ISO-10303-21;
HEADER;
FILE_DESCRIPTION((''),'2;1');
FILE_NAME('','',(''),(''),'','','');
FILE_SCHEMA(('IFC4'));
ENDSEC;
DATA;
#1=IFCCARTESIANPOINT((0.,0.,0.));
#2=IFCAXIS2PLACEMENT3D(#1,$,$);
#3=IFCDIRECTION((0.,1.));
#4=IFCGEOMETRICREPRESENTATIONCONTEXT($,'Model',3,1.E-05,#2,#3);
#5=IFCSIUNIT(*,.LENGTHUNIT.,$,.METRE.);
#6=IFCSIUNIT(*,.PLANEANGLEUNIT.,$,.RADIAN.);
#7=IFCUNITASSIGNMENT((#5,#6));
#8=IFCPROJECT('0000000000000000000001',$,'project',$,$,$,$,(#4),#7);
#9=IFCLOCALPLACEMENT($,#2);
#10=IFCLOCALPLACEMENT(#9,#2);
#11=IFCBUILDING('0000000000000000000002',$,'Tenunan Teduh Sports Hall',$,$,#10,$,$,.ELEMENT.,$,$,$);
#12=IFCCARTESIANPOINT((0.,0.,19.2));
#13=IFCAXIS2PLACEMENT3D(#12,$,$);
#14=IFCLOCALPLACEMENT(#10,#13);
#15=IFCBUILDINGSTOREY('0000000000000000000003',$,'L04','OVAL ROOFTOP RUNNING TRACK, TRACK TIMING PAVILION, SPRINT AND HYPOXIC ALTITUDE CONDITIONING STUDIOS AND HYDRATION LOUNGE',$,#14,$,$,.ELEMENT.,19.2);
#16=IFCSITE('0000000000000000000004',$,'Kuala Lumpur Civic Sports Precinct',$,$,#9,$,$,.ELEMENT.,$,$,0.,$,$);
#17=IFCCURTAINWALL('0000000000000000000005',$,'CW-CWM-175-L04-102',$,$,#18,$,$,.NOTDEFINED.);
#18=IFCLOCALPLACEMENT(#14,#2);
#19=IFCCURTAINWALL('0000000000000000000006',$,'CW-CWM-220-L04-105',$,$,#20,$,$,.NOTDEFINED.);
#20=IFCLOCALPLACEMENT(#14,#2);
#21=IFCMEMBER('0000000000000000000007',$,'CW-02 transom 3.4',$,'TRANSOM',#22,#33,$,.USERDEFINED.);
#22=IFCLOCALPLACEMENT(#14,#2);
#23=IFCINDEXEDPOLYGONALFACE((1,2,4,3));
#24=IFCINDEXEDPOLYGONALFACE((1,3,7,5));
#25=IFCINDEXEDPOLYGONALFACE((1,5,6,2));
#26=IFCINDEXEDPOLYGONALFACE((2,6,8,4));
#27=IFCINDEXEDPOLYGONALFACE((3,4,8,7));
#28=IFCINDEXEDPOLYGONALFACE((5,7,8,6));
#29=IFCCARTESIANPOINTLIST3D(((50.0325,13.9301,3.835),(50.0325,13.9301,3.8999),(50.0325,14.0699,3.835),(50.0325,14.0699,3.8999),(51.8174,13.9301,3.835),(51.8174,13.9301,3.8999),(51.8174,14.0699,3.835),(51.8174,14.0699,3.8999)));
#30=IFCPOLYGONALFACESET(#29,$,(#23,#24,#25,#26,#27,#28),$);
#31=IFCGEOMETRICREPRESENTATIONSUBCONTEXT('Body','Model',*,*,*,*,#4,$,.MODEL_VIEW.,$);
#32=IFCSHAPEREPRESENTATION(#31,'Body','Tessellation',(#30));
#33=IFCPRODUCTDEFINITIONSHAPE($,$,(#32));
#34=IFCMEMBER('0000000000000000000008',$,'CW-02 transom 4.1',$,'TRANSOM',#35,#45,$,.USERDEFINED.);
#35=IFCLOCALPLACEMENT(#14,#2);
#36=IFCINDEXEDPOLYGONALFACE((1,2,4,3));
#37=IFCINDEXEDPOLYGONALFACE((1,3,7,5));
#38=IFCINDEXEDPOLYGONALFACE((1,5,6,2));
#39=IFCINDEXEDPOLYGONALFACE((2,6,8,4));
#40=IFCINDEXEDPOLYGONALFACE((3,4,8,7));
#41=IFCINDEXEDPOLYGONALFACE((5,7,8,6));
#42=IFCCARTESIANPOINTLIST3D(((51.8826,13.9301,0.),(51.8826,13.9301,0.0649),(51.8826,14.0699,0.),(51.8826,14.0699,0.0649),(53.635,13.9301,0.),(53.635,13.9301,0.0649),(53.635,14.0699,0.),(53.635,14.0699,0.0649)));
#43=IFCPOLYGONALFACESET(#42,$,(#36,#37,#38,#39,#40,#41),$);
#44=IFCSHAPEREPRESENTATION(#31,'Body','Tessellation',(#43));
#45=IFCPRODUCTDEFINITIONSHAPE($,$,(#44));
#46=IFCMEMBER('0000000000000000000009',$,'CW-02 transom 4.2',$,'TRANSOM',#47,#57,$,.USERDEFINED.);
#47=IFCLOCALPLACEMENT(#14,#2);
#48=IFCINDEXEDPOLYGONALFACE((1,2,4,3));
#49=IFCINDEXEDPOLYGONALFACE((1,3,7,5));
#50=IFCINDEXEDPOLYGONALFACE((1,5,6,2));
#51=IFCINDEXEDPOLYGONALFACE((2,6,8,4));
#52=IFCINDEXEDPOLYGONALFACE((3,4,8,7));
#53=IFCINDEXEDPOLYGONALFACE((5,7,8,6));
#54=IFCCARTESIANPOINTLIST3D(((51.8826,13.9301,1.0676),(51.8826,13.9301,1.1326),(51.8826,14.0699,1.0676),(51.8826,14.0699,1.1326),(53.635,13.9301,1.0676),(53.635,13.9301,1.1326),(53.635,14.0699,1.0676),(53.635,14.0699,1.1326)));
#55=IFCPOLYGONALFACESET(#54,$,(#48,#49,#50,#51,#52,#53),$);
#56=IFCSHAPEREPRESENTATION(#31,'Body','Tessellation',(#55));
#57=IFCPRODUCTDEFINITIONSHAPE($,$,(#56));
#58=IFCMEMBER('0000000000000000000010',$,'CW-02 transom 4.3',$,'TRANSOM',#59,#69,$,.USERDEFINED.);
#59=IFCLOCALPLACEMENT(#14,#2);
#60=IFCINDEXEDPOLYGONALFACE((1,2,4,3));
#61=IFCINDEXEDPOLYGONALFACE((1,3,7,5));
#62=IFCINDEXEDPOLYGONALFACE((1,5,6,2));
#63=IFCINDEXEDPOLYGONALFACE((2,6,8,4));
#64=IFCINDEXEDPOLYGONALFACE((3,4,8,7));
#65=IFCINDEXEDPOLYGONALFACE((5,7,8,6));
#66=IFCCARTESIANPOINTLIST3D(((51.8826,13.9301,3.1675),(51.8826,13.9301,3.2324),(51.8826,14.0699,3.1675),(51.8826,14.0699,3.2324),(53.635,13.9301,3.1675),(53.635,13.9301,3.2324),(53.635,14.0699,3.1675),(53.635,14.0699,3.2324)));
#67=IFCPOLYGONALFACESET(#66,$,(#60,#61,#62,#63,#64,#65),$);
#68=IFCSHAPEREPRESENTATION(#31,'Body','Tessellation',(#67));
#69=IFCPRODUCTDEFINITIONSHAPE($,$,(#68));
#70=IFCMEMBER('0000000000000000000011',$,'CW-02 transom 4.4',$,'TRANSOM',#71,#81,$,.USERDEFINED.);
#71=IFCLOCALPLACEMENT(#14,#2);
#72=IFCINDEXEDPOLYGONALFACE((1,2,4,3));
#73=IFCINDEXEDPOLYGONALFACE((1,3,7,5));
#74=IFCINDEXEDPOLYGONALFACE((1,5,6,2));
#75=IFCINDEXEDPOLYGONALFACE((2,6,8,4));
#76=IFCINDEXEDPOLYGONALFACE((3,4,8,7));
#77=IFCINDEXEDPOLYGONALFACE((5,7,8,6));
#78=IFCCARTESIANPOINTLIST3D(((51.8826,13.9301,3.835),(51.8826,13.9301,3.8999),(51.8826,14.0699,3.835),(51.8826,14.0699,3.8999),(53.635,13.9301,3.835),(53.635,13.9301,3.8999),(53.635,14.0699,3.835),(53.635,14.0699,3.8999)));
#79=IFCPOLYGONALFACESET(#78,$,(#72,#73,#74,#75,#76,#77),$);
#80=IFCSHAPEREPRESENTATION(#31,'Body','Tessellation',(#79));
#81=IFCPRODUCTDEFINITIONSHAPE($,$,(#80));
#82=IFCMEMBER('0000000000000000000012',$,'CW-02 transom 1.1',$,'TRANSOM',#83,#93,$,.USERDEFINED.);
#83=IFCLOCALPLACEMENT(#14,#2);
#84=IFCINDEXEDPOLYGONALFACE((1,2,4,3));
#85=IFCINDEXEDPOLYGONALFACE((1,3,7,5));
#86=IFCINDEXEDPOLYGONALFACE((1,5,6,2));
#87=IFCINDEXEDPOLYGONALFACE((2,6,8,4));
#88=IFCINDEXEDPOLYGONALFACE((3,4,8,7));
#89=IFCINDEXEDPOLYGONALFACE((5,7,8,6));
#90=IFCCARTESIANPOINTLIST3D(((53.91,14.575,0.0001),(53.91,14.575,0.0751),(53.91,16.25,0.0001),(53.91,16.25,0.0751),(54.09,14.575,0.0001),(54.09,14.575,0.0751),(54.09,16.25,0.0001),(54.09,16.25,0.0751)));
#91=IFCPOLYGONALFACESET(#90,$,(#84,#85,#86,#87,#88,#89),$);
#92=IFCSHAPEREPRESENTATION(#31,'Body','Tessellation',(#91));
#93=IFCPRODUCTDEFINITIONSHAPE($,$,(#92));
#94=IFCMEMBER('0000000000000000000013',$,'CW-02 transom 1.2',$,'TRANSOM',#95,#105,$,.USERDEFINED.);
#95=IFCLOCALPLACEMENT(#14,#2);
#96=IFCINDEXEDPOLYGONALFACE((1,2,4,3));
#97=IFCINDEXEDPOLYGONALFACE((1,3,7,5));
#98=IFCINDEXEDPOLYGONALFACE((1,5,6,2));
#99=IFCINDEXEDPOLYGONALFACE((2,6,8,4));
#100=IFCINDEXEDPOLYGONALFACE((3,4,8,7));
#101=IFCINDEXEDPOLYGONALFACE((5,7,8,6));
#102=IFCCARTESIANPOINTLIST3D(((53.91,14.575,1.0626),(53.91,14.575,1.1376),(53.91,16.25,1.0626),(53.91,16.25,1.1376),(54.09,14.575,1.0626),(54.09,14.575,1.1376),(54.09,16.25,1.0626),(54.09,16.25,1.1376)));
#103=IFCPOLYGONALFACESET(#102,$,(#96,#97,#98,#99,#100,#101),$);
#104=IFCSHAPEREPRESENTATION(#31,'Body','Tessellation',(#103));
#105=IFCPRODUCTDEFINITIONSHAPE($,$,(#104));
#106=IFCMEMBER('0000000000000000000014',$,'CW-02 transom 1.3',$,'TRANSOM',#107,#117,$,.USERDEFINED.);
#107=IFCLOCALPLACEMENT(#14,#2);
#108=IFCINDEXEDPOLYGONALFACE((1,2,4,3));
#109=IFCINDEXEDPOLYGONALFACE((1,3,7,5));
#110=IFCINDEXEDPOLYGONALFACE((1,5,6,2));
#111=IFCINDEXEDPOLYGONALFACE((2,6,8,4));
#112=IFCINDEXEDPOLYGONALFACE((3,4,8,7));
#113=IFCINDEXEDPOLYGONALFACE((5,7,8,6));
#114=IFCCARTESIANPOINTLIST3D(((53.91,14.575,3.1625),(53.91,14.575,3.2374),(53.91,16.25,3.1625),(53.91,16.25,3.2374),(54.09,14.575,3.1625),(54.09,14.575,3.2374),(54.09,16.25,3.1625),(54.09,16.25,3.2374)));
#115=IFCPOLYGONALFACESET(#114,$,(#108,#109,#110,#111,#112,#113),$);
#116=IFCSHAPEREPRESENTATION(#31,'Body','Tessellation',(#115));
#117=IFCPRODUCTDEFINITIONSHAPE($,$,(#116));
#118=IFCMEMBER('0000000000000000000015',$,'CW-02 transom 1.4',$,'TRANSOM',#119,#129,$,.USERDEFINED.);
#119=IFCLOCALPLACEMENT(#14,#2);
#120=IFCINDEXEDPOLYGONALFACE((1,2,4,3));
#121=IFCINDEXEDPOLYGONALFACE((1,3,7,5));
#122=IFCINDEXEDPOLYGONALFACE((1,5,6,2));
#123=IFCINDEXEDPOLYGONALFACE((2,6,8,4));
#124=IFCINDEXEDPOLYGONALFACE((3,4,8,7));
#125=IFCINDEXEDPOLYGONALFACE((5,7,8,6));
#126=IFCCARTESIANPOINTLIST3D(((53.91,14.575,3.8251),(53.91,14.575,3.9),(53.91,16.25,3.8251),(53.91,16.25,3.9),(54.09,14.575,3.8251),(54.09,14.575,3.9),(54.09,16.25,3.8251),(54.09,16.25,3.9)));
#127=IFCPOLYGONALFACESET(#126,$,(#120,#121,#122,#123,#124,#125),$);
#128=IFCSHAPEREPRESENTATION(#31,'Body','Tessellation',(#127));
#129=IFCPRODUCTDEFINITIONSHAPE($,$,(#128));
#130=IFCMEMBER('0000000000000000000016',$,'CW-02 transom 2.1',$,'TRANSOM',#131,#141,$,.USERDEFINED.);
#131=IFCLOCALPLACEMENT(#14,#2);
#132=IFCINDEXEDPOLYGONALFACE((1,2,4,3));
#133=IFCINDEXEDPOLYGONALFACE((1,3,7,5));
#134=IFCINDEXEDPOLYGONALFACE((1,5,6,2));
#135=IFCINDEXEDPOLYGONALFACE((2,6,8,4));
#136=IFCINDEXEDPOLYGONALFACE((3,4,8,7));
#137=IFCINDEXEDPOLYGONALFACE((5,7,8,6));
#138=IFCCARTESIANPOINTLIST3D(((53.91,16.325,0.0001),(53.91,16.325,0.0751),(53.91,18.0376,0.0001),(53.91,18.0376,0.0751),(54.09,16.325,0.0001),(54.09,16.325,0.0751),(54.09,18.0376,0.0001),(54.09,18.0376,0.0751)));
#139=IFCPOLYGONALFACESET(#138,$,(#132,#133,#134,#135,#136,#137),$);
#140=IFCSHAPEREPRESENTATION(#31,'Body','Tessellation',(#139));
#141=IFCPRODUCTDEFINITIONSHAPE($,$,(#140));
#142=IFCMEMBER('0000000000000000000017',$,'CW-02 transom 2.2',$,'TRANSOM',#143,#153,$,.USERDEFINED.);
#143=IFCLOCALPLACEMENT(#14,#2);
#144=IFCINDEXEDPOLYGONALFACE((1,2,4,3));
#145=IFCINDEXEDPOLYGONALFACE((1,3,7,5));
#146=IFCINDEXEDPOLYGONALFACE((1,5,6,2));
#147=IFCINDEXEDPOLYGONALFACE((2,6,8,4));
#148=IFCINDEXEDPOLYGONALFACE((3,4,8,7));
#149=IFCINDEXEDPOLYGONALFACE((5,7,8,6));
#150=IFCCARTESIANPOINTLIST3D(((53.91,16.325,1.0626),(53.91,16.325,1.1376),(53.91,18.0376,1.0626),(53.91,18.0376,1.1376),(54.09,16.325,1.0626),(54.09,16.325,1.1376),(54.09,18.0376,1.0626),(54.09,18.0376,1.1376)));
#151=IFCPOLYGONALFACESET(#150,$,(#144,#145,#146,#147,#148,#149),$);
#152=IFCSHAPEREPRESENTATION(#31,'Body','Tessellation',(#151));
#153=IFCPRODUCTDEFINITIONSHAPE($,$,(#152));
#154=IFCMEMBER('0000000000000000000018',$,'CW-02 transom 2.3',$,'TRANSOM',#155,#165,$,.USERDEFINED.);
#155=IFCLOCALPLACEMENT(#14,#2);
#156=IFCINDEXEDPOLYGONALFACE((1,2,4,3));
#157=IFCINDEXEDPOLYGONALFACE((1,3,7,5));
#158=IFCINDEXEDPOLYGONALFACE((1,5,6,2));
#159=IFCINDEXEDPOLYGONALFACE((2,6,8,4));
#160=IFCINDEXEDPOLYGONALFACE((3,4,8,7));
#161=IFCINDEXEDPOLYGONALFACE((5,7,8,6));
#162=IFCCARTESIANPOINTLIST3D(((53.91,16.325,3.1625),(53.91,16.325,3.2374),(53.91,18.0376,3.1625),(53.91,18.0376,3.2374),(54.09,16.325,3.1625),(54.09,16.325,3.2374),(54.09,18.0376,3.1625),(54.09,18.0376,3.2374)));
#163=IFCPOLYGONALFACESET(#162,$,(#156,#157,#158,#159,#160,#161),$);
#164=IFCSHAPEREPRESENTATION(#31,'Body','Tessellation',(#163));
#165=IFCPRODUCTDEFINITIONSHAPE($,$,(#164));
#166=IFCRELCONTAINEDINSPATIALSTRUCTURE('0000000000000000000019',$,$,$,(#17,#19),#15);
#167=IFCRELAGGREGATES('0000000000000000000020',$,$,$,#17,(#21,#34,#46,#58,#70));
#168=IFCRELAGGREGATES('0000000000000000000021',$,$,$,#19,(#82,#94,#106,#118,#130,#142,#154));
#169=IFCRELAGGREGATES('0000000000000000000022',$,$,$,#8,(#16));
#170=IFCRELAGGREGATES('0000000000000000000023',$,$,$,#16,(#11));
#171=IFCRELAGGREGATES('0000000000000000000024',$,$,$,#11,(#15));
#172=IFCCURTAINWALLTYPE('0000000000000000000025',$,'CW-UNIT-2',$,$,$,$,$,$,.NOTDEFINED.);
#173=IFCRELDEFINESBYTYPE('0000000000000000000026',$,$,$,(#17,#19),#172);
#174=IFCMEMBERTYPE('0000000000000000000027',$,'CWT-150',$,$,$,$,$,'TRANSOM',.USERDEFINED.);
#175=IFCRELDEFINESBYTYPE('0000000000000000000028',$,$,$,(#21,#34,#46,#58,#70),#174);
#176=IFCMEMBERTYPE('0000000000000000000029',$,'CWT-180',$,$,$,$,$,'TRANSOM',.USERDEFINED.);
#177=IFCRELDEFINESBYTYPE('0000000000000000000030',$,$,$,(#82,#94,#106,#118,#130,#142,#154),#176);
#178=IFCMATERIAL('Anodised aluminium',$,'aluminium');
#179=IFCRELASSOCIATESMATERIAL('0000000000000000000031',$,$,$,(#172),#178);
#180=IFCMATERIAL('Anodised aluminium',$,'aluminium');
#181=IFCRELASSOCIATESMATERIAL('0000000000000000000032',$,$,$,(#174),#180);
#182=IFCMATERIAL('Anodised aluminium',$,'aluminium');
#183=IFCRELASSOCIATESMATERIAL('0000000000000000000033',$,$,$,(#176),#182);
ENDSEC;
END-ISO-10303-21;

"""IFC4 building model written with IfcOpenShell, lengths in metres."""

from ifc_helpers import new_model, si_unit, direction, frame, origin, origin_2d, place, context, subcontext, project, spatial, rectangle, extrude, material, material_profile, profile_set, type_object, element, aggregate, save


model = new_model("IFC4")

# Units and contexts
model_context = context("Model", 3, precision=1e-05, world=origin(), true_north=direction((0.0, 1.0)))
body_context = subcontext(model_context, "Body", "Model", "MODEL_VIEW")
ifc_project = project(units=[si_unit("LENGTHUNIT", "METRE"), si_unit("PLANEANGLEUNIT", "RADIAN")], contexts=[model_context])

# Site, building, storey
site_placement = place(None, origin())
site = spatial("IfcSite", under=ifc_project, at=site_placement, Name="Kuala Lumpur Civic Sports Precinct", CompositionType="ELEMENT", RefElevation=0.0)
building_placement = place(site_placement, origin())
building = spatial("IfcBuilding", under=site, at=building_placement, Name="Tenunan Teduh Sports Hall", CompositionType="ELEMENT")
storey_placement = place(building_placement, frame((0.0, 0.0, 19.2)))
storey = spatial("IfcBuildingStorey", under=building, at=storey_placement, Name="L04", Description="OVAL ROOFTOP RUNNING TRACK, TRACK TIMING PAVILION, SPRINT AND HYPOXIC ALTITUDE CONDITIONING STUDIOS AND HYDRATION LOUNGE", CompositionType="ELEMENT", Elevation=19.2)

# Curtain walls
ifc_material_1 = material(Name="Anodised aluminium", Category="aluminium")
curtain_wall_type = type_object("IfcCurtainWallType", Name="CW-UNIT-2", PredefinedType="NOTDEFINED", material=ifc_material_1)
curtain_wall_1_placement = place(storey_placement, origin())
curtain_wall_1 = element("IfcCurtainWall", 1, at=curtain_wall_1_placement, inside=storey, type_object=curtain_wall_type, Name="CW-CWM-175-L04-102", PredefinedType="NOTDEFINED")
curtain_wall_2_placement = place(storey_placement, origin())
curtain_wall_2 = element("IfcCurtainWall", 2, at=curtain_wall_2_placement, inside=storey, type_object=curtain_wall_type, Name="CW-CWM-220-L04-105", PredefinedType="NOTDEFINED")

# Members
ifc_material_2 = material(Name="Anodised aluminium", Category="aluminium")
ifc_material_profile_1 = material_profile(ifc_material_2, rectangle(XDim=0.0649, YDim=0.1399, at=origin_2d()), Name="CWT 65x140")
ifc_profile_set_1 = profile_set([ifc_material_profile_1], Name="Anodised aluminium")
member_type_1 = type_object("IfcMemberType", Name="CWT-150", ElementType="TRANSOM", PredefinedType="USERDEFINED", material=ifc_profile_set_1)
member_1_placement = place(storey_placement, frame((50.0325, 14.0, 3.8674), z_axis=(1.0, 0.0, 0.0), x_axis=(0.0, 0.0, 1.0)))
member_1 = element("IfcMember", 3, at=member_1_placement, type_object=member_type_1, Name="CW-02 transom 3.4", ObjectType="TRANSOM", PredefinedType="USERDEFINED", context=body_context, shape_type="SweptSolid", body=[
    extrude(rectangle(XDim=0.0649, YDim=0.1399, at=origin_2d()), origin(), (0.0, 0.0, 1.0), 1.7849),
])
member_2_placement = place(storey_placement, frame((51.8826, 14.0, 0.0325), z_axis=(1.0, 0.0, 0.0), x_axis=(0.0, 0.0, 1.0)))
member_2 = element("IfcMember", 4, at=member_2_placement, type_object=member_type_1, Name="CW-02 transom 4.1", ObjectType="TRANSOM", PredefinedType="USERDEFINED", context=body_context, shape_type="SweptSolid", body=[
    extrude(rectangle(XDim=0.0649, YDim=0.1399, at=origin_2d()), origin(), (0.0, 0.0, 1.0), 1.7524),
])
member_3_placement = place(storey_placement, frame((51.8826, 14.0, 1.1001), z_axis=(1.0, 0.0, 0.0), x_axis=(0.0, 0.0, 1.0)))
member_3 = element("IfcMember", 5, at=member_3_placement, type_object=member_type_1, Name="CW-02 transom 4.2", ObjectType="TRANSOM", PredefinedType="USERDEFINED", context=body_context, shape_type="SweptSolid", body=[
    extrude(rectangle(XDim=0.0649, YDim=0.1399, at=origin_2d()), origin(), (0.0, 0.0, 1.0), 1.7524),
])
member_4_placement = place(storey_placement, frame((51.8826, 14.0, 3.2), z_axis=(1.0, 0.0, 0.0), x_axis=(0.0, 0.0, 1.0)))
member_4 = element("IfcMember", 6, at=member_4_placement, type_object=member_type_1, Name="CW-02 transom 4.3", ObjectType="TRANSOM", PredefinedType="USERDEFINED", context=body_context, shape_type="SweptSolid", body=[
    extrude(rectangle(XDim=0.0649, YDim=0.1399, at=origin_2d()), origin(), (0.0, 0.0, 1.0), 1.7524),
])
member_5_placement = place(storey_placement, frame((51.8826, 14.0, 3.8674), z_axis=(1.0, 0.0, 0.0), x_axis=(0.0, 0.0, 1.0)))
member_5 = element("IfcMember", 7, at=member_5_placement, type_object=member_type_1, Name="CW-02 transom 4.4", ObjectType="TRANSOM", PredefinedType="USERDEFINED", context=body_context, shape_type="SweptSolid", body=[
    extrude(rectangle(XDim=0.0649, YDim=0.1399, at=origin_2d()), origin(), (0.0, 0.0, 1.0), 1.7524),
])
ifc_material_3 = material(Name="Anodised aluminium", Category="aluminium")
ifc_material_profile_2 = material_profile(ifc_material_3, rectangle(XDim=0.075, YDim=0.1799, at=origin_2d()), Name="CWT 75x180")
ifc_profile_set_2 = profile_set([ifc_material_profile_2], Name="Anodised aluminium")
member_type_2 = type_object("IfcMemberType", Name="CWT-180", ElementType="TRANSOM", PredefinedType="USERDEFINED", material=ifc_profile_set_2)
member_6_placement = place(storey_placement, frame((54.0, 14.575, 0.0376), z_axis=(0.0, 1.0, 0.0), x_axis=(0.0, 0.0, 1.0)))
member_6 = element("IfcMember", 8, at=member_6_placement, type_object=member_type_2, Name="CW-02 transom 1.1", ObjectType="TRANSOM", PredefinedType="USERDEFINED", context=body_context, shape_type="SweptSolid", body=[
    extrude(rectangle(XDim=0.075, YDim=0.1799, at=origin_2d()), origin(), (0.0, 0.0, 1.0), 1.675),
])
member_7_placement = place(storey_placement, frame((54.0, 14.575, 1.1001), z_axis=(0.0, 1.0, 0.0), x_axis=(0.0, 0.0, 1.0)))
member_7 = element("IfcMember", 9, at=member_7_placement, type_object=member_type_2, Name="CW-02 transom 1.2", ObjectType="TRANSOM", PredefinedType="USERDEFINED", context=body_context, shape_type="SweptSolid", body=[
    extrude(rectangle(XDim=0.075, YDim=0.1799, at=origin_2d()), origin(), (0.0, 0.0, 1.0), 1.675),
])
member_8_placement = place(storey_placement, frame((54.0, 14.575, 3.2), z_axis=(0.0, 1.0, 0.0), x_axis=(0.0, 0.0, 1.0)))
member_8 = element("IfcMember", 10, at=member_8_placement, type_object=member_type_2, Name="CW-02 transom 1.3", ObjectType="TRANSOM", PredefinedType="USERDEFINED", context=body_context, shape_type="SweptSolid", body=[
    extrude(rectangle(XDim=0.075, YDim=0.1799, at=origin_2d()), origin(), (0.0, 0.0, 1.0), 1.675),
])
member_9_placement = place(storey_placement, frame((54.0, 14.575, 3.8625), z_axis=(0.0, 1.0, 0.0), x_axis=(0.0, 0.0, 1.0)))
member_9 = element("IfcMember", 11, at=member_9_placement, type_object=member_type_2, Name="CW-02 transom 1.4", ObjectType="TRANSOM", PredefinedType="USERDEFINED", context=body_context, shape_type="SweptSolid", body=[
    extrude(rectangle(XDim=0.075, YDim=0.1799, at=origin_2d()), origin(), (0.0, 0.0, 1.0), 1.675),
])
member_10_placement = place(storey_placement, frame((54.0, 16.325, 0.0376), z_axis=(0.0, 1.0, 0.0), x_axis=(0.0, 0.0, 1.0)))
member_10 = element("IfcMember", 12, at=member_10_placement, type_object=member_type_2, Name="CW-02 transom 2.1", ObjectType="TRANSOM", PredefinedType="USERDEFINED", context=body_context, shape_type="SweptSolid", body=[
    extrude(rectangle(XDim=0.075, YDim=0.1799, at=origin_2d()), origin(), (0.0, 0.0, 1.0), 1.7126),
])
member_11_placement = place(storey_placement, frame((54.0, 16.325, 1.1001), z_axis=(0.0, 1.0, 0.0), x_axis=(0.0, 0.0, 1.0)))
member_11 = element("IfcMember", 13, at=member_11_placement, type_object=member_type_2, Name="CW-02 transom 2.2", ObjectType="TRANSOM", PredefinedType="USERDEFINED", context=body_context, shape_type="SweptSolid", body=[
    extrude(rectangle(XDim=0.075, YDim=0.1799, at=origin_2d()), origin(), (0.0, 0.0, 1.0), 1.7126),
])
member_12_placement = place(storey_placement, frame((54.0, 16.325, 3.2), z_axis=(0.0, 1.0, 0.0), x_axis=(0.0, 0.0, 1.0)))
member_12 = element("IfcMember", 14, at=member_12_placement, type_object=member_type_2, Name="CW-02 transom 2.3", ObjectType="TRANSOM", PredefinedType="USERDEFINED", context=body_context, shape_type="SweptSolid", body=[
    extrude(rectangle(XDim=0.075, YDim=0.1799, at=origin_2d()), origin(), (0.0, 0.0, 1.0), 1.7126),
])

aggregate(curtain_wall_1, [member_1, member_2, member_3, member_4, member_5])
aggregate(curtain_wall_2, [member_6, member_7, member_8, member_9, member_10, member_11, member_12])

save(model, "model.ifc")
